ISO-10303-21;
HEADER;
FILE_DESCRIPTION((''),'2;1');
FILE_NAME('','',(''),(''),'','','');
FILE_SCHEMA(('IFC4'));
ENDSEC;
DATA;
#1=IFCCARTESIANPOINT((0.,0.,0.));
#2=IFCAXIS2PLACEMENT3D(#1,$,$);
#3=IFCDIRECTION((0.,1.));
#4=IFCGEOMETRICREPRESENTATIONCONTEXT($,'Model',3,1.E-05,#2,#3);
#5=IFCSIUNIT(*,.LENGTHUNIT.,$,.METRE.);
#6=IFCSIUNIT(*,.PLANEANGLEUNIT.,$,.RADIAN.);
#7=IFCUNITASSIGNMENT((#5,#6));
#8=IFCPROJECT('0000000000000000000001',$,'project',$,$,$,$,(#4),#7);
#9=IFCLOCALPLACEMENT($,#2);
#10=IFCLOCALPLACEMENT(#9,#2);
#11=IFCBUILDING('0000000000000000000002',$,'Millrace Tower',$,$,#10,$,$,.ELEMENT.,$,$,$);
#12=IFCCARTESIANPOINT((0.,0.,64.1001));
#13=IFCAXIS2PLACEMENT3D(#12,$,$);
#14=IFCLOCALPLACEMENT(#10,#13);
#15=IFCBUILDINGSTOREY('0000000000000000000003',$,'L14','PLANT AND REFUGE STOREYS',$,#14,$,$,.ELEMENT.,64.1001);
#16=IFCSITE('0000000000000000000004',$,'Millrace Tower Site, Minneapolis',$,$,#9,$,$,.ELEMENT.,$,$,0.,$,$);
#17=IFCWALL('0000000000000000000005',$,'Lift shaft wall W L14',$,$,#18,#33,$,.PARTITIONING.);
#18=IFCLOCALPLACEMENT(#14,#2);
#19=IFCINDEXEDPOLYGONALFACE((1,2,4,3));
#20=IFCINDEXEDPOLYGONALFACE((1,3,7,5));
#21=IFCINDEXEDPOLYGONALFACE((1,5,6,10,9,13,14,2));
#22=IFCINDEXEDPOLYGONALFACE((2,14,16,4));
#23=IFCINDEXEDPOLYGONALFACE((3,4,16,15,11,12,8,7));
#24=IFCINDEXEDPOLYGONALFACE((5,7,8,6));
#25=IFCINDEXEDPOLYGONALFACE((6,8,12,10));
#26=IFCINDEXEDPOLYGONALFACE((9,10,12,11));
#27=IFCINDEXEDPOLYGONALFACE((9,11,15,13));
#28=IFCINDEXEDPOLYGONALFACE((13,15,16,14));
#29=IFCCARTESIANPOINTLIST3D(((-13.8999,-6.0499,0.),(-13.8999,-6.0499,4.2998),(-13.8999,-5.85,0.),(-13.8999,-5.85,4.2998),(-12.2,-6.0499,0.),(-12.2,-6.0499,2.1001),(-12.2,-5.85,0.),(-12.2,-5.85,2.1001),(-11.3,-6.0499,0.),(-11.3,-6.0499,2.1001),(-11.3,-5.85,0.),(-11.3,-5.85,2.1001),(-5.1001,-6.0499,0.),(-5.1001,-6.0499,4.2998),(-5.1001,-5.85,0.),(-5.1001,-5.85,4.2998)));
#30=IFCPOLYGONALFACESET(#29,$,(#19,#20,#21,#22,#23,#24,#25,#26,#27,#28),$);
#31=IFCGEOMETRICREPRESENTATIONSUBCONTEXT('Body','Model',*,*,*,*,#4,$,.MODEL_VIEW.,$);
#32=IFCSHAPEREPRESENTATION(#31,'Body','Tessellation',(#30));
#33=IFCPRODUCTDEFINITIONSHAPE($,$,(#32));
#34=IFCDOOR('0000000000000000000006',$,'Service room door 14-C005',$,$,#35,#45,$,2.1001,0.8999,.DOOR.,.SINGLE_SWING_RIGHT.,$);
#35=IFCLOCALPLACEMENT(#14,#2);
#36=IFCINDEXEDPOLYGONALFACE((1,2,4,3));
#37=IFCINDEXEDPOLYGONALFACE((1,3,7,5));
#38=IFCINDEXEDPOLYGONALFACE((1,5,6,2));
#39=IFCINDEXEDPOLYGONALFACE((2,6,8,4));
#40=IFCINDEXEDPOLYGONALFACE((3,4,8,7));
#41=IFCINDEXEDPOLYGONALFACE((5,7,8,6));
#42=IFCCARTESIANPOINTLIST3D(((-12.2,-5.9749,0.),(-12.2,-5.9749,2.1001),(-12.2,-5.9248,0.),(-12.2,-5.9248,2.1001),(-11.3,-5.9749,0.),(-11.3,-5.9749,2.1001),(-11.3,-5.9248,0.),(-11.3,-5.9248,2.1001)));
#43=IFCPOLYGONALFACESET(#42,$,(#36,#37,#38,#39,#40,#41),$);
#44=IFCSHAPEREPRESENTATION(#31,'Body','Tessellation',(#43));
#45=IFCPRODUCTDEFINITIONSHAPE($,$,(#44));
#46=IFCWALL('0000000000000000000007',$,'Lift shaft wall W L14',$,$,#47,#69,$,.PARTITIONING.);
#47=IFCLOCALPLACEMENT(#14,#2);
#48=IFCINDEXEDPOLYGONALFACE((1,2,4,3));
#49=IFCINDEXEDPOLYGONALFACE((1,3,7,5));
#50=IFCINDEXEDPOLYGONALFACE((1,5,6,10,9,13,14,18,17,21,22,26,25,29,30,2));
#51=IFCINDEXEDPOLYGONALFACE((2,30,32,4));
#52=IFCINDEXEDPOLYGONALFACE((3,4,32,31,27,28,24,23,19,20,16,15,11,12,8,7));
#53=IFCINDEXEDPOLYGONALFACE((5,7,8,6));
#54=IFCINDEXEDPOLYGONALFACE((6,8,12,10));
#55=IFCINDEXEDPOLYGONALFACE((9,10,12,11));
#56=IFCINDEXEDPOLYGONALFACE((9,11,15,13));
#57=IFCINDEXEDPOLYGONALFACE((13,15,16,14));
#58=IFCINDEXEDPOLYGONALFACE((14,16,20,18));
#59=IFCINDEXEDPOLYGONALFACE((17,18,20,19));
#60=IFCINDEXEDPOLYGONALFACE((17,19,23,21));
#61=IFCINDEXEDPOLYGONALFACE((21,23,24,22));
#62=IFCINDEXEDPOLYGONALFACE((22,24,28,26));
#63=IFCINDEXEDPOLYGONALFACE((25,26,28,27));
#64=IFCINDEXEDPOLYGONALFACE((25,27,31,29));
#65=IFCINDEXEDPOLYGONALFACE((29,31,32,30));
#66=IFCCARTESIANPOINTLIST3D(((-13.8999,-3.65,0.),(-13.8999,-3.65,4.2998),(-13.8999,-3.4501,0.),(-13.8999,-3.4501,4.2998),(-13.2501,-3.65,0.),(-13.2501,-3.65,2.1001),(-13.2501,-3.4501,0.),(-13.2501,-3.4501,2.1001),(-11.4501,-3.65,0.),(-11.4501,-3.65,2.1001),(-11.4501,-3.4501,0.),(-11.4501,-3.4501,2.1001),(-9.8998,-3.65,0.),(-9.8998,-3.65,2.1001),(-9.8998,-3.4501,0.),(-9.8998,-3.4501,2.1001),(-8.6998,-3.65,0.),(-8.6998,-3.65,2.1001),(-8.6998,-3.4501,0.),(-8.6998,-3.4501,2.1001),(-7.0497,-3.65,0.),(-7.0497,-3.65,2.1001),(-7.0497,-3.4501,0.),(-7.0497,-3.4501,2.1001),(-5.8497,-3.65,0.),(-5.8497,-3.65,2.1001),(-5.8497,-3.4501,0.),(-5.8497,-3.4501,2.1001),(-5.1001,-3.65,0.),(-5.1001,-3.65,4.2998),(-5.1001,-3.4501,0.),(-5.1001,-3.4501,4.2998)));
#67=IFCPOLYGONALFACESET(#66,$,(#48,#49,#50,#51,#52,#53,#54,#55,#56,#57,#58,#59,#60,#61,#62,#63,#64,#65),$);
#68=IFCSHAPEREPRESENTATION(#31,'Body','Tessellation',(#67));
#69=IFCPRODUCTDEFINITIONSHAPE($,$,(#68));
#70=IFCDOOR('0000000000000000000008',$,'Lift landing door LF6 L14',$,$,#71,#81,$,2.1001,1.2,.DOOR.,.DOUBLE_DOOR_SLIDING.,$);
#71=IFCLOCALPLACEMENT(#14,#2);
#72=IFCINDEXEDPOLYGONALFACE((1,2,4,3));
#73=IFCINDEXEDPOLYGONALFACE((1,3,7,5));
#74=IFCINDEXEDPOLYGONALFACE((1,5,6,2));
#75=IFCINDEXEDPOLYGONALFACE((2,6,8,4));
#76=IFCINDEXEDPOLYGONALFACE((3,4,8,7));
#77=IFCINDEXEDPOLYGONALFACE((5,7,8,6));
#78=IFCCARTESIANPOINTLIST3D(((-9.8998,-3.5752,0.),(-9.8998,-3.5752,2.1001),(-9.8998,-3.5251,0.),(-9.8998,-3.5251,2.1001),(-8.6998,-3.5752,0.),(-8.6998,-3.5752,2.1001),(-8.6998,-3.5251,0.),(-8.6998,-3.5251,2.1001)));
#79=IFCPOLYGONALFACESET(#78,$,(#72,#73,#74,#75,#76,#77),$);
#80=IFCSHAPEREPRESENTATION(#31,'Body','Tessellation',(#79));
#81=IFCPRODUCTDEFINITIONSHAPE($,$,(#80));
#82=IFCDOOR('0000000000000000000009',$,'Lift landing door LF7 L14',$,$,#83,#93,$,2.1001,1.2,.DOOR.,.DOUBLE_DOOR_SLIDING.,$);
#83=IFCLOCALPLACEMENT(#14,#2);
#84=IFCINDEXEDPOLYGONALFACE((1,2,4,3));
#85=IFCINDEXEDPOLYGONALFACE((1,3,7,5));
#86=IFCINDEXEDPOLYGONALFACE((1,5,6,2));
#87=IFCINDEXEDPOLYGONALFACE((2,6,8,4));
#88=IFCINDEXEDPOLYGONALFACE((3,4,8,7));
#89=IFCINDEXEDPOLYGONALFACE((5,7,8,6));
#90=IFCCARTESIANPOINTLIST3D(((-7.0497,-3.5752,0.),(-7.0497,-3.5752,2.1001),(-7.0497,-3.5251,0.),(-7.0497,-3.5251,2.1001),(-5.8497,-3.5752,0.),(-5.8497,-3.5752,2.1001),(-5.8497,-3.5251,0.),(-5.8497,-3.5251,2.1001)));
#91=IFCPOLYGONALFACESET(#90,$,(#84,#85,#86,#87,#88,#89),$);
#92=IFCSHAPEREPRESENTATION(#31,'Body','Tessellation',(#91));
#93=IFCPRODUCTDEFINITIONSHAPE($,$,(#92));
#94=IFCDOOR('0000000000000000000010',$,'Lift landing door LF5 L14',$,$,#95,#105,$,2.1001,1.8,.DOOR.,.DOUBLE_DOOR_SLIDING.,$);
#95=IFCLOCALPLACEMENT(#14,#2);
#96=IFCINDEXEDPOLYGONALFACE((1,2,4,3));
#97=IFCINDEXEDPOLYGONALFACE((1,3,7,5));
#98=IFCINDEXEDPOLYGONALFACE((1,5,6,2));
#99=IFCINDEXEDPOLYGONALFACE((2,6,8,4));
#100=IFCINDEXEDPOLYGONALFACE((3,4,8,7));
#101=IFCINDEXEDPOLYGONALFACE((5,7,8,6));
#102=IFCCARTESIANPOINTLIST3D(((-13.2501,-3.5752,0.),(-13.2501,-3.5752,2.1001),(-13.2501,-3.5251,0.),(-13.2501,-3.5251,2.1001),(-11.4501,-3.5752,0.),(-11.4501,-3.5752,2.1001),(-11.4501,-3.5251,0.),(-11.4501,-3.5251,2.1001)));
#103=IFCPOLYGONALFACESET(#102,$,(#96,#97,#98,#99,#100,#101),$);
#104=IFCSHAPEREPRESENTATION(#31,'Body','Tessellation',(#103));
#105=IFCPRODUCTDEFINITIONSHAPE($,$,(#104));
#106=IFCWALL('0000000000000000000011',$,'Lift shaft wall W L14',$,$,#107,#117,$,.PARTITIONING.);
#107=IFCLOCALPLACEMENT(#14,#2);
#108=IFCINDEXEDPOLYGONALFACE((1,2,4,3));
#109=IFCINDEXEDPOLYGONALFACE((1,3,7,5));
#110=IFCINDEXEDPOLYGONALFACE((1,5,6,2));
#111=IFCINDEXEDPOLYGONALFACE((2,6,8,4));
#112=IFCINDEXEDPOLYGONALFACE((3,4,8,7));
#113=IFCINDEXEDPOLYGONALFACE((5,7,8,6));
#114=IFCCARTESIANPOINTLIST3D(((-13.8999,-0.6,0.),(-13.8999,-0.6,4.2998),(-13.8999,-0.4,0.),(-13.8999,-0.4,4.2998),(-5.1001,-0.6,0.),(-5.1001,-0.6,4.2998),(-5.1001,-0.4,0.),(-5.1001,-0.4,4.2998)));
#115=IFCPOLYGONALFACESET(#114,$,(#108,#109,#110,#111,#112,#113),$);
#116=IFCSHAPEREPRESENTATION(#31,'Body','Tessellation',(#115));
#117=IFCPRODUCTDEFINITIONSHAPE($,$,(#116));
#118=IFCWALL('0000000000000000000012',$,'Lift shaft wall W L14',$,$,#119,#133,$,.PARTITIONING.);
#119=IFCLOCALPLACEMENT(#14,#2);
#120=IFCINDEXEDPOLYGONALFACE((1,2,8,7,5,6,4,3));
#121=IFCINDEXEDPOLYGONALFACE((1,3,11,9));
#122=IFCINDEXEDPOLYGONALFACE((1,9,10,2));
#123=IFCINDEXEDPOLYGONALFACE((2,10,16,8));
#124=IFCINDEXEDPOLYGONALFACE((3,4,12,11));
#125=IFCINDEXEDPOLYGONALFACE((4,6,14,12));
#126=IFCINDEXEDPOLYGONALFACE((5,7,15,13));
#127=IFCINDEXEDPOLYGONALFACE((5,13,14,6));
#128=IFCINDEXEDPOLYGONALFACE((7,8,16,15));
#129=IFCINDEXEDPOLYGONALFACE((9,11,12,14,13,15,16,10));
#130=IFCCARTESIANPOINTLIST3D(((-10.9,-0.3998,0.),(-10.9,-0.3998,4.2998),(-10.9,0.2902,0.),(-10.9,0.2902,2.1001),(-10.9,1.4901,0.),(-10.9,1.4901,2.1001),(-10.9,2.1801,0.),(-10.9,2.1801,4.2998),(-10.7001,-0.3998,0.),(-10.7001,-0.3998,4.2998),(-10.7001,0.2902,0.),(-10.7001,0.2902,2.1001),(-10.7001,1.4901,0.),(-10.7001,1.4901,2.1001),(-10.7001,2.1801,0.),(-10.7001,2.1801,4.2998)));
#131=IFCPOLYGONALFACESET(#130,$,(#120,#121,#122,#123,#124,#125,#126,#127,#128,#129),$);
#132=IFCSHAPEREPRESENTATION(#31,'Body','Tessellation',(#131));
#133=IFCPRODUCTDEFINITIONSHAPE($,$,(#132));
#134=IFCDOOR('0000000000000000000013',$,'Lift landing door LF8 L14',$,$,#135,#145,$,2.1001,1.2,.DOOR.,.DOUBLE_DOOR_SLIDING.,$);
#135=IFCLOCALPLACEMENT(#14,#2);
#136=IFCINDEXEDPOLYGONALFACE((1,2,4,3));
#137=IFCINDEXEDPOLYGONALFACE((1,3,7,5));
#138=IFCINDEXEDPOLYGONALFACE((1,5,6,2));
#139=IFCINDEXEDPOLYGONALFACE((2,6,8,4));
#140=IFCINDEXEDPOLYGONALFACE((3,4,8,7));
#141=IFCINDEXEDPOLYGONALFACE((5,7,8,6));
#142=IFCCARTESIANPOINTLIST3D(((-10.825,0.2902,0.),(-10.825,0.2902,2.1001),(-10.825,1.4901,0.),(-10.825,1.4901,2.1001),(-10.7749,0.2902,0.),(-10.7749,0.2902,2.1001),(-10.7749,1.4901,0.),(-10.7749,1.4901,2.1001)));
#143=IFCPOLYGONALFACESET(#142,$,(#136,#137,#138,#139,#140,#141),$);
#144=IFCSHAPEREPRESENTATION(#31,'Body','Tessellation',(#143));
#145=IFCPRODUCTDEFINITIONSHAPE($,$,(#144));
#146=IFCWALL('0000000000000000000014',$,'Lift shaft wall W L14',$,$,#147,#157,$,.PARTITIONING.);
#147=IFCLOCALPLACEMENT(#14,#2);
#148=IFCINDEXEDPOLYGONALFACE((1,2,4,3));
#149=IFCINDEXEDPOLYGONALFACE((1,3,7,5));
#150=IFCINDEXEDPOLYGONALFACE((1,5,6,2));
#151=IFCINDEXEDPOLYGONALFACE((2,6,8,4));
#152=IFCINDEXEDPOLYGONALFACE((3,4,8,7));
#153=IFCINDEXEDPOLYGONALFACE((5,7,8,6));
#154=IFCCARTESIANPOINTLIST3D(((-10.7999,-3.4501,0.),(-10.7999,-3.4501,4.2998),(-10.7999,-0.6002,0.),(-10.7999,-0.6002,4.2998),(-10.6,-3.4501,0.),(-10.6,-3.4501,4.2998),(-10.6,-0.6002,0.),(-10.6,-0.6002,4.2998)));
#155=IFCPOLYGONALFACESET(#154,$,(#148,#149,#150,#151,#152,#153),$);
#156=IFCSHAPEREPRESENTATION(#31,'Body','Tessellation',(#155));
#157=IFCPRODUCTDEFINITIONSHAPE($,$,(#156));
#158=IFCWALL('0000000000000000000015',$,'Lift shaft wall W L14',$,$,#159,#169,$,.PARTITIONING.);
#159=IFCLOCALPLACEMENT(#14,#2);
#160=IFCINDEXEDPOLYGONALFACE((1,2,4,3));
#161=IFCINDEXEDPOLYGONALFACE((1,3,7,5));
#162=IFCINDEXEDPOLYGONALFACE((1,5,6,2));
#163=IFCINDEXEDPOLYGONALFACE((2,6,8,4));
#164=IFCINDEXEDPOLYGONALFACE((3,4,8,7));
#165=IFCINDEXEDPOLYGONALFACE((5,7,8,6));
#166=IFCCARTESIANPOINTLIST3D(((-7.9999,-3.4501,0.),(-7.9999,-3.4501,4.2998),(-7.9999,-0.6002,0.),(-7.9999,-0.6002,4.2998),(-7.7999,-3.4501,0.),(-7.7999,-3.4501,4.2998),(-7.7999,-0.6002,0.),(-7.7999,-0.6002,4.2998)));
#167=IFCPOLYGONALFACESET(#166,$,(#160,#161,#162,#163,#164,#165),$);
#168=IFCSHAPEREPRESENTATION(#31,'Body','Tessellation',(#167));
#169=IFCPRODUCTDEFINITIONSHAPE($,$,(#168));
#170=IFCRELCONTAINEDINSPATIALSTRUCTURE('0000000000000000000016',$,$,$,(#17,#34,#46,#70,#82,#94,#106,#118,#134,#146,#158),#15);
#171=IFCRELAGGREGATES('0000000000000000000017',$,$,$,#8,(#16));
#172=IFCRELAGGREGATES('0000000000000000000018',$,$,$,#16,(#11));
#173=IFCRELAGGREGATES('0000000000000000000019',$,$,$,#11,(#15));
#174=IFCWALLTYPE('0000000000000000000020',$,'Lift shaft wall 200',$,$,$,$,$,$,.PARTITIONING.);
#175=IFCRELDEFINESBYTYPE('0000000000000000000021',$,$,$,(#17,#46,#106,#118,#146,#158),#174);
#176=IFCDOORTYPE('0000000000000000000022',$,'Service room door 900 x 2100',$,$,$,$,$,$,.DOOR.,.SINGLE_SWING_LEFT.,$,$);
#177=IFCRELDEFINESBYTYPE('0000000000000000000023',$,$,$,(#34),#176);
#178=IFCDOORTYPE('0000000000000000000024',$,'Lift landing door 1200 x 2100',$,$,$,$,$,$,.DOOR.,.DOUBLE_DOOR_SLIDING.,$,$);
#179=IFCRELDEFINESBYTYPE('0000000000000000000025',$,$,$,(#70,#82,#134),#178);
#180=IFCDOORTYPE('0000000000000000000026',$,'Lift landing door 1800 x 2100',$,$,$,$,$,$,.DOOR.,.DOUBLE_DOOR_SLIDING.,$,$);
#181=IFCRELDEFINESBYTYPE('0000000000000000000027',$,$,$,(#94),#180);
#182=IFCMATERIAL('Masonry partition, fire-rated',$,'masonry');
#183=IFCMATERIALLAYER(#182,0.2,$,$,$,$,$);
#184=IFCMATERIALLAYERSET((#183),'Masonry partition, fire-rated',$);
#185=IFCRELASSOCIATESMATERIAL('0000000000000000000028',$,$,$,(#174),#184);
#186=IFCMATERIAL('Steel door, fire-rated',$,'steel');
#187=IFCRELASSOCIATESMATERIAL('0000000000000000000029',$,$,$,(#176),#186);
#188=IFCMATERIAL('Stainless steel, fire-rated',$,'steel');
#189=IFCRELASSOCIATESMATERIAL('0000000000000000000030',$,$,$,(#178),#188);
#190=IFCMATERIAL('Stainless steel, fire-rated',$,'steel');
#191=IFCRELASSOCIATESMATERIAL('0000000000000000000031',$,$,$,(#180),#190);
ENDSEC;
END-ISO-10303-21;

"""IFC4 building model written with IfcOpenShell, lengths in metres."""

from ifc_helpers import new_model, si_unit, direction, frame, frame_2d, origin, place, context, subcontext, project, spatial, rectangle, extrude, material, layer, layer_set, type_object, element, fill, save


model = new_model("IFC4")

# Units and contexts
model_context = context("Model", 3, precision=1e-05, world=origin(), true_north=direction((0.0, 1.0)))
body_context = subcontext(model_context, "Body", "Model", "MODEL_VIEW")
ifc_project = project(units=[si_unit("LENGTHUNIT", "METRE"), si_unit("PLANEANGLEUNIT", "RADIAN")], contexts=[model_context])

# Site, building, storey
site_placement = place(None, origin())
site = spatial("IfcSite", under=ifc_project, at=site_placement, Name="Millrace Tower Site, Minneapolis", CompositionType="ELEMENT", RefElevation=0.0)
building_placement = place(site_placement, origin())
building = spatial("IfcBuilding", under=site, at=building_placement, Name="Millrace Tower", CompositionType="ELEMENT")
storey_placement = place(building_placement, frame((0.0, 0.0, 64.1001)))
storey = spatial("IfcBuildingStorey", under=building, at=storey_placement, Name="L14", Description="PLANT AND REFUGE STOREYS", CompositionType="ELEMENT", Elevation=64.1001)

# Wall, opening, door
ifc_material_1 = material(Name="Masonry partition, fire-rated", Category="masonry")
ifc_layer_1 = layer(ifc_material_1, 0.2)
ifc_layer_set_1 = layer_set([ifc_layer_1], Name="Masonry partition, fire-rated")
wall_type_1 = type_object("IfcWallType", Name="Lift shaft wall 200", PredefinedType="PARTITIONING", material=ifc_layer_set_1)
wall_1_placement = place(storey_placement, frame((-13.8999, -5.95, 0.0), z_axis=(0.0, 0.0, 1.0), x_axis=(1.0, 0.0, 0.0)))
wall_1 = element("IfcWall", 1, at=wall_1_placement, inside=storey, type_object=wall_type_1, Name="Lift shaft wall W L14", PredefinedType="PARTITIONING", context=body_context, shape_type="SweptSolid", body=[
    extrude(rectangle(XDim=8.7998, YDim=0.2, at=frame_2d((4.3999, 0.0))), origin(), (0.0, 0.0, 1.0), 4.2998),
])
opening_1_placement = place(wall_1_placement, frame((1.7, 0.0, 0.0)))
opening_1 = element("IfcOpeningElement", 2, at=opening_1_placement, cuts=wall_1, PredefinedType="OPENING", context=body_context, shape_type="SweptSolid", body=[
    extrude(rectangle(XDim=0.8999, YDim=2.1001, at=frame_2d((0.45, 1.05))), frame((0.0, 0.1099, 0.0), z_axis=(0.0, -1.0, 0.0), x_axis=(1.0, 0.0, 0.0)), (0.0, 0.0, 1.0), 0.22),
])
ifc_material_2 = material(Name="Steel door, fire-rated", Category="steel")
door_type_1 = type_object("IfcDoorType", Name="Service room door 900 x 2100", OperationType="SINGLE_SWING_LEFT", PredefinedType="DOOR", material=ifc_material_2)
door_1_placement = place(opening_1_placement, frame((0.8999, 0.0, 0.0), z_axis=(0.0, 0.0, 1.0), x_axis=(-1.0, 0.0, 0.0)))
door_1 = element("IfcDoor", 3, at=door_1_placement, inside=storey, type_object=door_type_1, Name="Service room door 14-C005", OperationType="SINGLE_SWING_RIGHT", OverallHeight=2.1001, OverallWidth=0.8999, PredefinedType="DOOR", context=body_context, shape_type="SweptSolid", body=[
    extrude(rectangle(XDim=0.8999, YDim=2.1001, at=frame_2d((0.45, 1.05))), frame((0.0, 0.0249, 0.0), z_axis=(0.0, -1.0, 0.0), x_axis=(1.0, 0.0, 0.0)), (0.0, 0.0, 1.0), 0.05),
])
fill(opening_1, door_1)

# Wall, openings, doors
wall_2_placement = place(storey_placement, frame((-13.8999, -3.55, 0.0), z_axis=(0.0, 0.0, 1.0), x_axis=(1.0, 0.0, 0.0)))
wall_2 = element("IfcWall", 4, at=wall_2_placement, inside=storey, type_object=wall_type_1, Name="Lift shaft wall W L14", PredefinedType="PARTITIONING", context=body_context, shape_type="SweptSolid", body=[
    extrude(rectangle(XDim=8.7998, YDim=0.2, at=frame_2d((4.3999, 0.0))), origin(), (0.0, 0.0, 1.0), 4.2998),
])
opening_2_placement = place(wall_2_placement, frame((0.6499, 0.0, 0.0)))
opening_2 = element("IfcOpeningElement", 5, at=opening_2_placement, cuts=wall_2, PredefinedType="OPENING", context=body_context, shape_type="SweptSolid", body=[
    extrude(rectangle(XDim=1.8, YDim=2.1001, at=frame_2d((0.8999, 1.05))), frame((0.0, 0.1099, 0.0), z_axis=(0.0, -1.0, 0.0), x_axis=(1.0, 0.0, 0.0)), (0.0, 0.0, 1.0), 0.22),
])
opening_3_placement = place(wall_2_placement, frame((4.0, 0.0, 0.0)))
opening_3 = element("IfcOpeningElement", 6, at=opening_3_placement, cuts=wall_2, PredefinedType="OPENING", context=body_context, shape_type="SweptSolid", body=[
    extrude(rectangle(XDim=1.2, YDim=2.1001, at=frame_2d((0.6001, 1.05))), frame((0.0, 0.1099, 0.0), z_axis=(0.0, -1.0, 0.0), x_axis=(1.0, 0.0, 0.0)), (0.0, 0.0, 1.0), 0.22),
])
opening_4_placement = place(wall_2_placement, frame((6.8501, 0.0, 0.0)))
opening_4 = element("IfcOpeningElement", 7, at=opening_4_placement, cuts=wall_2, PredefinedType="OPENING", context=body_context, shape_type="SweptSolid", body=[
    extrude(rectangle(XDim=1.2, YDim=2.1001, at=frame_2d((0.6001, 1.05))), frame((0.0, 0.1099, 0.0), z_axis=(0.0, -1.0, 0.0), x_axis=(1.0, 0.0, 0.0)), (0.0, 0.0, 1.0), 0.22),
])
ifc_material_3 = material(Name="Stainless steel, fire-rated", Category="steel")
door_type_2 = type_object("IfcDoorType", Name="Lift landing door 1200 x 2100", OperationType="DOUBLE_DOOR_SLIDING", PredefinedType="DOOR", material=ifc_material_3)
door_2_placement = place(opening_3_placement, origin())
door_2 = element("IfcDoor", 8, at=door_2_placement, inside=storey, type_object=door_type_2, Name="Lift landing door LF6 L14", OperationType="DOUBLE_DOOR_SLIDING", OverallHeight=2.1001, OverallWidth=1.2, PredefinedType="DOOR", context=body_context, shape_type="SweptSolid", body=[
    extrude(rectangle(XDim=1.2, YDim=2.1001, at=frame_2d((0.6001, 1.05))), frame((0.0, 0.0249, 0.0), z_axis=(0.0, -1.0, 0.0), x_axis=(1.0, 0.0, 0.0)), (0.0, 0.0, 1.0), 0.05),
])
fill(opening_3, door_2)
door_3_placement = place(opening_4_placement, origin())
door_3 = element("IfcDoor", 9, at=door_3_placement, inside=storey, type_object=door_type_2, Name="Lift landing door LF7 L14", OperationType="DOUBLE_DOOR_SLIDING", OverallHeight=2.1001, OverallWidth=1.2, PredefinedType="DOOR", context=body_context, shape_type="SweptSolid", body=[
    extrude(rectangle(XDim=1.2, YDim=2.1001, at=frame_2d((0.6001, 1.05))), frame((0.0, 0.0249, 0.0), z_axis=(0.0, -1.0, 0.0), x_axis=(1.0, 0.0, 0.0)), (0.0, 0.0, 1.0), 0.05),
])
fill(opening_4, door_3)
ifc_material_4 = material(Name="Stainless steel, fire-rated", Category="steel")
door_type_3 = type_object("IfcDoorType", Name="Lift landing door 1800 x 2100", OperationType="DOUBLE_DOOR_SLIDING", PredefinedType="DOOR", material=ifc_material_4)
door_4_placement = place(opening_2_placement, origin())
door_4 = element("IfcDoor", 10, at=door_4_placement, inside=storey, type_object=door_type_3, Name="Lift landing door LF5 L14", OperationType="DOUBLE_DOOR_SLIDING", OverallHeight=2.1001, OverallWidth=1.8, PredefinedType="DOOR", context=body_context, shape_type="SweptSolid", body=[
    extrude(rectangle(XDim=1.8, YDim=2.1001, at=frame_2d((0.8999, 1.05))), frame((0.0, 0.0249, 0.0), z_axis=(0.0, -1.0, 0.0), x_axis=(1.0, 0.0, 0.0)), (0.0, 0.0, 1.0), 0.05),
])
fill(opening_2, door_4)

# Wall
wall_3_placement = place(storey_placement, frame((-13.8999, -0.5, 0.0), z_axis=(0.0, 0.0, 1.0), x_axis=(1.0, 0.0, 0.0)))
element("IfcWall", 11, at=wall_3_placement, inside=storey, type_object=wall_type_1, Name="Lift shaft wall W L14", PredefinedType="PARTITIONING", context=body_context, shape_type="SweptSolid", body=[
    extrude(rectangle(XDim=8.7998, YDim=0.2, at=frame_2d((4.3999, 0.0))), origin(), (0.0, 0.0, 1.0), 4.2998),
])

# Wall, opening, door
wall_4_placement = place(storey_placement, frame((-10.8, -0.3999, 0.0), z_axis=(0.0, 0.0, 1.0), x_axis=(0.0, 1.0, 0.0)))
wall_4 = element("IfcWall", 12, at=wall_4_placement, inside=storey, type_object=wall_type_1, Name="Lift shaft wall W L14", PredefinedType="PARTITIONING", context=body_context, shape_type="SweptSolid", body=[
    extrude(rectangle(XDim=2.5798, YDim=0.2, at=frame_2d((1.29, 0.0))), origin(), (0.0, 0.0, 1.0), 4.2998),
])
opening_5_placement = place(wall_4_placement, frame((0.6899, 0.0, 0.0)))
opening_5 = element("IfcOpeningElement", 13, at=opening_5_placement, cuts=wall_4, PredefinedType="OPENING", context=body_context, shape_type="SweptSolid", body=[
    extrude(rectangle(XDim=1.2, YDim=2.1001, at=frame_2d((0.6001, 1.05))), frame((0.0, 0.1099, 0.0), z_axis=(0.0, -1.0, 0.0), x_axis=(1.0, 0.0, 0.0)), (0.0, 0.0, 1.0), 0.22),
])
door_5_placement = place(opening_5_placement, origin())
door_5 = element("IfcDoor", 14, at=door_5_placement, inside=storey, type_object=door_type_2, Name="Lift landing door LF8 L14", OperationType="DOUBLE_DOOR_SLIDING", OverallHeight=2.1001, OverallWidth=1.2, PredefinedType="DOOR", context=body_context, shape_type="SweptSolid", body=[
    extrude(rectangle(XDim=1.2, YDim=2.1001, at=frame_2d((0.6001, 1.05))), frame((0.0, 0.0249, 0.0), z_axis=(0.0, -1.0, 0.0), x_axis=(1.0, 0.0, 0.0)), (0.0, 0.0, 1.0), 0.05),
])
fill(opening_5, door_5)

# Walls
for number, where, z_axis, x_axis, name in (
    (15, (-10.7, -3.45, 0.0), (0.0, 0.0, 1.0), (0.0, 1.0, 0.0), "Lift shaft wall W L14"),
    (16, (-7.8999, -3.45, 0.0), (0.0, 0.0, 1.0), (0.0, 1.0, 0.0), "Lift shaft wall W L14"),
):
    element("IfcWall", number, at=place(storey_placement, frame(where, z_axis=z_axis, x_axis=x_axis)), inside=storey, type_object=wall_type_1, Name=name, PredefinedType="PARTITIONING", context=body_context, shape_type="SweptSolid", body=[
        extrude(rectangle(XDim=2.8499, YDim=0.2, at=frame_2d((1.4248, 0.0))), origin(), (0.0, 0.0, 1.0), 4.2998),
    ])

save(model, "model.ifc")
